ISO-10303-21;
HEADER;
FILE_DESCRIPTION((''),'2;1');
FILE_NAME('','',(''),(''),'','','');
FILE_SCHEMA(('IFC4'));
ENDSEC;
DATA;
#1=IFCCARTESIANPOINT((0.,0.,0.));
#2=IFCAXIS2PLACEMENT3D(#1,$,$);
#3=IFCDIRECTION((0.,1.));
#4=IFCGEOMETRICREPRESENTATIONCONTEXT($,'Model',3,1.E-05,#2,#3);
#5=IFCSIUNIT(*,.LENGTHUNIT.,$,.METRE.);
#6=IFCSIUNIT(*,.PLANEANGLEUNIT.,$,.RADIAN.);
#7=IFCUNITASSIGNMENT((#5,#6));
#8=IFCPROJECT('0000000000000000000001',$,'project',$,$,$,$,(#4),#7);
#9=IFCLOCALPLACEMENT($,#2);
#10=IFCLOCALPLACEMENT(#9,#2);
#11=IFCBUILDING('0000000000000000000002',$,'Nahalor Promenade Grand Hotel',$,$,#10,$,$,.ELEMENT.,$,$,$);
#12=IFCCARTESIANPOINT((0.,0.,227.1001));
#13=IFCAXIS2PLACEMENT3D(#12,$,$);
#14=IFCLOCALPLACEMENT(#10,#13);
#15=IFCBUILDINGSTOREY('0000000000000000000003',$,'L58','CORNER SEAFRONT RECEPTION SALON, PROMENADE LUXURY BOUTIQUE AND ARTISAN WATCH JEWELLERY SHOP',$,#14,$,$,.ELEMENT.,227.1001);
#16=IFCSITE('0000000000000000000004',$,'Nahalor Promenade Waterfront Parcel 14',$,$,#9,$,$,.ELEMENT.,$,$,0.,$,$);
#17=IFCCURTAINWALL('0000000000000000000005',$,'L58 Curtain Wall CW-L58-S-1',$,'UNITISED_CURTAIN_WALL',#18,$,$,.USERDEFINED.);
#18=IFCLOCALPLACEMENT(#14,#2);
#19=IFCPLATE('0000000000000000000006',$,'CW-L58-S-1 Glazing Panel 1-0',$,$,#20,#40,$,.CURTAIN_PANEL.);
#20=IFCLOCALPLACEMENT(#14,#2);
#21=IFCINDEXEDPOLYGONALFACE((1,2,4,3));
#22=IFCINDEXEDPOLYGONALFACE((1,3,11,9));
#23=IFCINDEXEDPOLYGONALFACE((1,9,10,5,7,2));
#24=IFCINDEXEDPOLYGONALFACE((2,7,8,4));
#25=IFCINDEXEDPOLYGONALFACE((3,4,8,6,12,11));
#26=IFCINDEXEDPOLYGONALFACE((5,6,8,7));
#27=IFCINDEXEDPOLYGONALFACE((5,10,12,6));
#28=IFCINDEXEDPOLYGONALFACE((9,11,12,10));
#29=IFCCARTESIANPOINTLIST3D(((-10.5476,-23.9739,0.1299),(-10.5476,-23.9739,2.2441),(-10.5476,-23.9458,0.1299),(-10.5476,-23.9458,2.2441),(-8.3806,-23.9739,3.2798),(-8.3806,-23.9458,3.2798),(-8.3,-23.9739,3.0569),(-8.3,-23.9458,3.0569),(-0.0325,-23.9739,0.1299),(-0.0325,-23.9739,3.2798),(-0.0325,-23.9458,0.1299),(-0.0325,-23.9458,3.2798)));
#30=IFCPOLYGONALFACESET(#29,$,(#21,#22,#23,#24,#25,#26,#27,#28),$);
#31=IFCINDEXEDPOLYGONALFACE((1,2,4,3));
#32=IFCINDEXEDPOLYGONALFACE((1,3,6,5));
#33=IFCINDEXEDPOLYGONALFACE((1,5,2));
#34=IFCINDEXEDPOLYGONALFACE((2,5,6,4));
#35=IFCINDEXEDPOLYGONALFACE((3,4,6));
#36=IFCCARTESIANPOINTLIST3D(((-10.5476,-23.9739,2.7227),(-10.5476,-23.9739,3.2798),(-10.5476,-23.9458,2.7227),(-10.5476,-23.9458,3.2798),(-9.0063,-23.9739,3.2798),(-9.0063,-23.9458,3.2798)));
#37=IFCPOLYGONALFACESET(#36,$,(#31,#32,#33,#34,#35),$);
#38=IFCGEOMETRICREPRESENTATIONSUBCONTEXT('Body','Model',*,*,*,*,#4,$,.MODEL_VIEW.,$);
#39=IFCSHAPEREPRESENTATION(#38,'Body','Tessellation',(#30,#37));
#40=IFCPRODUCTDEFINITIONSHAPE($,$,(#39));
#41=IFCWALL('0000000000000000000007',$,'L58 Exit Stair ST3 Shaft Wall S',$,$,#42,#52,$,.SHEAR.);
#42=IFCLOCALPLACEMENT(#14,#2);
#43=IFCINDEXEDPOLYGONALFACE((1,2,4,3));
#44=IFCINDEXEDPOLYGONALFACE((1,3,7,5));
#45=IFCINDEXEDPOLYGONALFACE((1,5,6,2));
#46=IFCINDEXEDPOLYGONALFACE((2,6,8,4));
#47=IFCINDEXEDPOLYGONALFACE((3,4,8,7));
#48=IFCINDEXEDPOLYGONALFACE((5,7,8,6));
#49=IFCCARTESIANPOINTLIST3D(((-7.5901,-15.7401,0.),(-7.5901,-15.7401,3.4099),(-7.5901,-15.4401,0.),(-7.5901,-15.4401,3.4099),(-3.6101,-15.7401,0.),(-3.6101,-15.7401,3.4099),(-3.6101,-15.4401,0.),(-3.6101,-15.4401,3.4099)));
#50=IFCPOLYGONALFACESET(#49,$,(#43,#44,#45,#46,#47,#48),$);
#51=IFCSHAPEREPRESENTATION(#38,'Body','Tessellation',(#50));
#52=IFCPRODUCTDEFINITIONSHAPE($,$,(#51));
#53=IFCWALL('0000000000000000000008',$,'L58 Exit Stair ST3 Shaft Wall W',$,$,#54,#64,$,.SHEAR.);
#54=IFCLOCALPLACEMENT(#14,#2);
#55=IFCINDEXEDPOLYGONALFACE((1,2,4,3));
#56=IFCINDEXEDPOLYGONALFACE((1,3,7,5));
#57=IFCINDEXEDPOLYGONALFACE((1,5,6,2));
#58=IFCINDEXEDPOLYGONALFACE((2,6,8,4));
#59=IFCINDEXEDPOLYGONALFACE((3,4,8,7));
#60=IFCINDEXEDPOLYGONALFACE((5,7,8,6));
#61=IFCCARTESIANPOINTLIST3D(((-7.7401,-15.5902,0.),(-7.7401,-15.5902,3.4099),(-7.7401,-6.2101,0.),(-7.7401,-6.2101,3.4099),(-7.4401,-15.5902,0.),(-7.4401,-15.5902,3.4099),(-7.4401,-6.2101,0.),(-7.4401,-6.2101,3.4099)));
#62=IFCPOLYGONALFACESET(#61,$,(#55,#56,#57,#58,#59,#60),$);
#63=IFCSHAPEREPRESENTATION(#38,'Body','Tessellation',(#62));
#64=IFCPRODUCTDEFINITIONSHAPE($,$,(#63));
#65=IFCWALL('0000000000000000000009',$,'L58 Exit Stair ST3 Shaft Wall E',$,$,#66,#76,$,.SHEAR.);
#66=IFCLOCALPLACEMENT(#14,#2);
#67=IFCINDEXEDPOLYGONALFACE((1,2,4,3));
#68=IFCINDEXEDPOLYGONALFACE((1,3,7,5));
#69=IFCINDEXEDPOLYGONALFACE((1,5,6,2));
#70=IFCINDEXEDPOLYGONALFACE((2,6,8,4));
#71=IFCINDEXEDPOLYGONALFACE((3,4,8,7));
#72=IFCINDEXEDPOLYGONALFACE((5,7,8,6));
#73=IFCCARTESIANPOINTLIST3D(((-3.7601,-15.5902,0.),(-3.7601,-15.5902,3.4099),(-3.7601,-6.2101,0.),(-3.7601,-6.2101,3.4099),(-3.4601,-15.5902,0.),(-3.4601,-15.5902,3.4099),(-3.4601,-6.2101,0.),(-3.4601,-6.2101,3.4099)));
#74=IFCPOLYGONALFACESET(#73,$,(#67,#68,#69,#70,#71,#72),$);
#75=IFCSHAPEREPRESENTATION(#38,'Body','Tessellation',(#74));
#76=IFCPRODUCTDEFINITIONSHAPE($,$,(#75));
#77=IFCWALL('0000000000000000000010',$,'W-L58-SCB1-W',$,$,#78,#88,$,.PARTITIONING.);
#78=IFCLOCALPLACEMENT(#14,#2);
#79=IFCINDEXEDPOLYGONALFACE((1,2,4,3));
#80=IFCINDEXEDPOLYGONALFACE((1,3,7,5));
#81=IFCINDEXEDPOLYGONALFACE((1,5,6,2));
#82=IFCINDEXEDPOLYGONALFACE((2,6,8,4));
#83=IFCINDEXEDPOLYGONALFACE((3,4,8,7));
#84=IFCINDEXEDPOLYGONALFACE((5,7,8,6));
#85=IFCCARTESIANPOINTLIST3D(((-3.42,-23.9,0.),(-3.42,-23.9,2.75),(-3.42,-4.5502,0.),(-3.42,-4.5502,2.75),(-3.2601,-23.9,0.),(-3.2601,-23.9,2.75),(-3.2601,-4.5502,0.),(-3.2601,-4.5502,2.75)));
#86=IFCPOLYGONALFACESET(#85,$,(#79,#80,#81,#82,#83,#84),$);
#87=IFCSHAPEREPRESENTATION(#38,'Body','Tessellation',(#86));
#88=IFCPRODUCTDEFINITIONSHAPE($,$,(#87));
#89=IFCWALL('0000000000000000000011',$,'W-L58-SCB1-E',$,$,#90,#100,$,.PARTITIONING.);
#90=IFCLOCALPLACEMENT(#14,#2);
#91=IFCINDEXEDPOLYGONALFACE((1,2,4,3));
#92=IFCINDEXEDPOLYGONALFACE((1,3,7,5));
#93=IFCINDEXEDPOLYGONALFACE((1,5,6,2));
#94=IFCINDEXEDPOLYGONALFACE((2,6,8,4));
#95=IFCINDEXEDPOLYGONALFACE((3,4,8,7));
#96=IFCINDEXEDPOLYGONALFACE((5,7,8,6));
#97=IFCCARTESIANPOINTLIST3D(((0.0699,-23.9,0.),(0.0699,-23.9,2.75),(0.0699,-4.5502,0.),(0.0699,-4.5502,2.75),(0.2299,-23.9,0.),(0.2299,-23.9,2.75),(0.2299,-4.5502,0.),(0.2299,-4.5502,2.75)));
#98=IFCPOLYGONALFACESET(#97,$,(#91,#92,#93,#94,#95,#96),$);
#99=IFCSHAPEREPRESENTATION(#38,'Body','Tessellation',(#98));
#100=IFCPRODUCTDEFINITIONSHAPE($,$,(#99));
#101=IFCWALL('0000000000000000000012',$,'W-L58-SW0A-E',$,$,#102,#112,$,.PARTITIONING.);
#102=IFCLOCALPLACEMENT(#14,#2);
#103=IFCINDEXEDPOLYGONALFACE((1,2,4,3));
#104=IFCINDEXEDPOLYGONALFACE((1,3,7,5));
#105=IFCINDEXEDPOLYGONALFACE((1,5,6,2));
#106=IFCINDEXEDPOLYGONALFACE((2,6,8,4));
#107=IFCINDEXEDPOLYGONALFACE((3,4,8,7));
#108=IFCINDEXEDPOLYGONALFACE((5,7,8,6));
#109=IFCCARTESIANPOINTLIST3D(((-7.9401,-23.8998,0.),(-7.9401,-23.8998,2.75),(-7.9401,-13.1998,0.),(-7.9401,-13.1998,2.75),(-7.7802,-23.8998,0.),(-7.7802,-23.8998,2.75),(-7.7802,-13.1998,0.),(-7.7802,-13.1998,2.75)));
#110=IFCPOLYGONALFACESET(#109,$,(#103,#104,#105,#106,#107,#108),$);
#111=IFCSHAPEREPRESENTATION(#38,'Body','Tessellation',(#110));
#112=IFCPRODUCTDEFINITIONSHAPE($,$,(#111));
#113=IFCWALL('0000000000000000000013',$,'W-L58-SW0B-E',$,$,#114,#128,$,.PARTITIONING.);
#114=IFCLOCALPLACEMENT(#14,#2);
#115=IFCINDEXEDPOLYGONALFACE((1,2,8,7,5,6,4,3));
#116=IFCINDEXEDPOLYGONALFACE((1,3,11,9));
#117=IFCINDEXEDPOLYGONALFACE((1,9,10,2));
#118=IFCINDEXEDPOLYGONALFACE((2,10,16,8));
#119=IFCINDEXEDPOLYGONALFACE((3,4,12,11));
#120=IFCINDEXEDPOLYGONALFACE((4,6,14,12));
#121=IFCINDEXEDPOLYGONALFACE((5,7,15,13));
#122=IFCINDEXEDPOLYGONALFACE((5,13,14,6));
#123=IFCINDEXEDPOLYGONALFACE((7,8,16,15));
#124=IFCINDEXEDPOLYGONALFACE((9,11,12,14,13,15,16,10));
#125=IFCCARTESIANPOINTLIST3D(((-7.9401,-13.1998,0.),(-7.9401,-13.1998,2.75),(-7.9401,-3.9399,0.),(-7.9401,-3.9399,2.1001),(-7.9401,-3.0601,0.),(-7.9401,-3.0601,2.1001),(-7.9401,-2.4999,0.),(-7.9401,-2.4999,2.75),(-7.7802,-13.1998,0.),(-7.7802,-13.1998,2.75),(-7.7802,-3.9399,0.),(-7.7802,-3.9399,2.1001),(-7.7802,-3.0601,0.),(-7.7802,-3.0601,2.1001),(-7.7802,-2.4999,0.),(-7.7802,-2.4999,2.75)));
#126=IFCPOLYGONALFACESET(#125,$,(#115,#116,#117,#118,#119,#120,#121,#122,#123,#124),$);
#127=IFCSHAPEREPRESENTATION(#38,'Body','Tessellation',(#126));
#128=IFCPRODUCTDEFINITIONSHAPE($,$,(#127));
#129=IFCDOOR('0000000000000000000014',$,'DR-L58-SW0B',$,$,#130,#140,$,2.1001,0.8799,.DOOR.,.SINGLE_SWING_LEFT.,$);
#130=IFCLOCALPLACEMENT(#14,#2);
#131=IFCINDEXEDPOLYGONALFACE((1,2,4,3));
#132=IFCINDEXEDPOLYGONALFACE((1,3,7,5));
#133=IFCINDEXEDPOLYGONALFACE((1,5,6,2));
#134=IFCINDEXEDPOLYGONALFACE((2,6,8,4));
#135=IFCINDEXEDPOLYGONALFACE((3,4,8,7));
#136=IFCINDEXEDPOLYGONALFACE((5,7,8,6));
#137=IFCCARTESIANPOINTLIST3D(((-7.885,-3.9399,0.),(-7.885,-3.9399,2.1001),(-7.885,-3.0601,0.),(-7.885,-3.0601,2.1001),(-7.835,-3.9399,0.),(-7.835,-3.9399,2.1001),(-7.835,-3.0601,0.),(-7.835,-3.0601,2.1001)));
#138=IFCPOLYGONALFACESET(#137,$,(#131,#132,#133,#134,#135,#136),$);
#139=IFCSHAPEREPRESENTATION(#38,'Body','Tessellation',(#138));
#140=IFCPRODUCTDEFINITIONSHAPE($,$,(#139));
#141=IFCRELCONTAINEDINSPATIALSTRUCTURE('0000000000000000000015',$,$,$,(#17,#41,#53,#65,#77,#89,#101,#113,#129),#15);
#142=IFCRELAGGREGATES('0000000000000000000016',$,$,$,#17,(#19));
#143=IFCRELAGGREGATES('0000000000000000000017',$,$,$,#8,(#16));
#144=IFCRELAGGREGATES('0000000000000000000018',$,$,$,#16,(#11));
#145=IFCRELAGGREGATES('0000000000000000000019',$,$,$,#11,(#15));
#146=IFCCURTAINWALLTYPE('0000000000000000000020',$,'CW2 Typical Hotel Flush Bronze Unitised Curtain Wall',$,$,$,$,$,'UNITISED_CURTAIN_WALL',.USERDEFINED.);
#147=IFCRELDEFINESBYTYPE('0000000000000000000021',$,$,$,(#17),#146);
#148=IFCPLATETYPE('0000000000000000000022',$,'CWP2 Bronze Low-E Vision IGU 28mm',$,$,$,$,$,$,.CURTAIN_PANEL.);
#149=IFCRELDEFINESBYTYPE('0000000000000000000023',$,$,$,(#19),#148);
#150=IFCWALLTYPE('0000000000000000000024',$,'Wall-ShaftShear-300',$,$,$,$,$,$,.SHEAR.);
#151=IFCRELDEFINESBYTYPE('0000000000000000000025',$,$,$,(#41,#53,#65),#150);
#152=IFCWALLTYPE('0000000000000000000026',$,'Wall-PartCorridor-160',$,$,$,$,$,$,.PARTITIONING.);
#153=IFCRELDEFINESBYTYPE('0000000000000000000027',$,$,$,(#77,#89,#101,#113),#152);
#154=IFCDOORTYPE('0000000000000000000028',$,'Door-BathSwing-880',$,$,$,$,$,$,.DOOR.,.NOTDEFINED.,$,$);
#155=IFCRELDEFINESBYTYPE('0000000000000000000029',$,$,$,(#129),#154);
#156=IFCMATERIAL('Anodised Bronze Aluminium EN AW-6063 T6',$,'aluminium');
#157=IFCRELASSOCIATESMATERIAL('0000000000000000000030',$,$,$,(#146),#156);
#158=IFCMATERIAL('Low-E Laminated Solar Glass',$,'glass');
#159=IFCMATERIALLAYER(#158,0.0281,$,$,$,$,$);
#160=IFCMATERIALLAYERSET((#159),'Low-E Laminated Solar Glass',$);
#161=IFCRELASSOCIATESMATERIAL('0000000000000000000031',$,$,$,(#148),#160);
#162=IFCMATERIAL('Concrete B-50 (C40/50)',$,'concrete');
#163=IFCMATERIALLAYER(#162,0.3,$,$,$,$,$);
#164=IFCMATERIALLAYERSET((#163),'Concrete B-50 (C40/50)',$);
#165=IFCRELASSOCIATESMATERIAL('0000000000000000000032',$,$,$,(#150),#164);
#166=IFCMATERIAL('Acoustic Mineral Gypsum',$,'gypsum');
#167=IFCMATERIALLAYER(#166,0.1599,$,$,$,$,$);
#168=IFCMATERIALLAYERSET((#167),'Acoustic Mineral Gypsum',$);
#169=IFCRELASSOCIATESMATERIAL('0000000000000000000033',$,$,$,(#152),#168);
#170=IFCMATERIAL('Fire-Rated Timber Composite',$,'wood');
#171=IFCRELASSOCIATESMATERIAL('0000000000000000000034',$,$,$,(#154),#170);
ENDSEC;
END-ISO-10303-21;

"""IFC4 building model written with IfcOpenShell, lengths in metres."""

from ifc_helpers import new_model, si_unit, direction, frame, frame_2d, origin, place, context, subcontext, project, spatial, polyline, rectangle, outline, extrude, source, transform, mapped, material, layer, layer_set, type_object, element, fill, aggregate, save


model = new_model("IFC4")

# Units and contexts
model_context = context("Model", 3, precision=1e-05, world=origin(), true_north=direction((0.0, 1.0)))
body_context = subcontext(model_context, "Body", "Model", "MODEL_VIEW")
ifc_project = project(units=[si_unit("LENGTHUNIT", "METRE"), si_unit("PLANEANGLEUNIT", "RADIAN")], contexts=[model_context])

# Site, building, storey
site_placement = place(None, origin())
site = spatial("IfcSite", under=ifc_project, at=site_placement, Name="Nahalor Promenade Waterfront Parcel 14", CompositionType="ELEMENT", RefElevation=0.0)
building_placement = place(site_placement, origin())
building = spatial("IfcBuilding", under=site, at=building_placement, Name="Nahalor Promenade Grand Hotel", CompositionType="ELEMENT")
storey_placement = place(building_placement, frame((0.0, 0.0, 227.1001)))
storey = spatial("IfcBuildingStorey", under=building, at=storey_placement, Name="L58", Description="CORNER SEAFRONT RECEPTION SALON, PROMENADE LUXURY BOUTIQUE AND ARTISAN WATCH JEWELLERY SHOP", CompositionType="ELEMENT", Elevation=227.1001)

# Curtain wall, plate
ifc_material_1 = material(Name="Anodised Bronze Aluminium EN AW-6063 T6", Category="aluminium")
curtain_wall_type = type_object("IfcCurtainWallType", Name="CW2 Typical Hotel Flush Bronze Unitised Curtain Wall", ElementType="UNITISED_CURTAIN_WALL", PredefinedType="USERDEFINED", material=ifc_material_1)
curtain_wall_placement = place(storey_placement, origin())
curtain_wall = element("IfcCurtainWall", 1, at=curtain_wall_placement, inside=storey, type_object=curtain_wall_type, Name="L58 Curtain Wall CW-L58-S-1", ObjectType="UNITISED_CURTAIN_WALL", PredefinedType="USERDEFINED")
ifc_material_2 = material(Name="Low-E Laminated Solar Glass", Category="glass")
ifc_layer_1 = layer(ifc_material_2, 0.0281)
ifc_layer_set_1 = layer_set([ifc_layer_1], Name="Low-E Laminated Solar Glass")
plate_type = type_object("IfcPlateType", Name="CWP2 Bronze Low-E Vision IGU 28mm", PredefinedType="CURTAIN_PANEL", material=ifc_layer_set_1)
plate_placement = place(storey_placement, frame((-5.29, -23.96, 0.1299), z_axis=(0.0, 0.0, 1.0), x_axis=(1.0, 0.0, 0.0)))
plate = element("IfcPlate", 2, at=plate_placement, type_object=plate_type, Name="CW-L58-S-1 Glazing Panel 1-0", PredefinedType="CURTAIN_PANEL", context=body_context, shape_type="SweptSolid", body=[
    extrude(outline(polyline([(5.2576, 0.0), (5.2576, 3.1499), (-3.0906, 3.1499), (-3.01, 2.927), (-5.2576, 2.1143), (-5.2576, 0.0), (5.2576, 0.0)])), frame((0.0, 0.0142, 0.0), z_axis=(0.0, -1.0, 0.0), x_axis=(1.0, 0.0, 0.0)), (0.0, 0.0, 1.0), 0.0281),
    extrude(outline(polyline([(-3.7163, 3.1499), (-5.2576, 3.1499), (-5.2576, 2.5928), (-3.7163, 3.1499)])), frame((0.0, 0.0142, 0.0), z_axis=(0.0, -1.0, 0.0), x_axis=(1.0, 0.0, 0.0)), (0.0, 0.0, 1.0), 0.0281),
])
aggregate(curtain_wall, [plate])

# Walls
ifc_material_3 = material(Name="Concrete B-50 (C40/50)", Category="concrete")
ifc_layer_2 = layer(ifc_material_3, 0.3)
ifc_layer_set_2 = layer_set([ifc_layer_2], Name="Concrete B-50 (C40/50)")
wall_type_1 = type_object("IfcWallType", Name="Wall-ShaftShear-300", PredefinedType="SHEAR", material=ifc_layer_set_2)
shared_shape_1 = source(origin(), body_context, "Body", "SweptSolid", [
    extrude(rectangle(XDim=3.98, YDim=0.3, at=frame_2d((1.99, 0.0))), origin(), (0.0, 0.0, 1.0), 3.4099),
])
wall_1_placement = place(storey_placement, frame((-7.5901, -15.5901, 0.0), z_axis=(0.0, 0.0, 1.0), x_axis=(1.0, 0.0, 0.0)))
element("IfcWall", 3, at=wall_1_placement, inside=storey, type_object=wall_type_1, Name="L58 Exit Stair ST3 Shaft Wall S", PredefinedType="SHEAR", context=body_context, shape_type="MappedRepresentation", body=[
    mapped(shared_shape_1, transform((0.0, 0.0, 0.0), scale=1.0)),
])
shared_shape_2 = source(origin(), body_context, "Body", "SweptSolid", [
    extrude(rectangle(XDim=9.3801, YDim=0.3, at=frame_2d((4.6899, 0.0))), origin(), (0.0, 0.0, 1.0), 3.4099),
])
for number, where, z_axis, x_axis, name in (
    (4, (-7.5901, -15.5901, 0.0), (0.0, 0.0, 1.0), (0.0, 1.0, 0.0), "L58 Exit Stair ST3 Shaft Wall W"),
    (5, (-3.6101, -15.5901, 0.0), (0.0, 0.0, 1.0), (0.0, 1.0, 0.0), "L58 Exit Stair ST3 Shaft Wall E"),
):
    element("IfcWall", number, at=place(storey_placement, frame(where, z_axis=z_axis, x_axis=x_axis)), inside=storey, type_object=wall_type_1, Name=name, PredefinedType="SHEAR", context=body_context, shape_type="MappedRepresentation", body=[
        mapped(shared_shape_2, transform((0.0, 0.0, 0.0), scale=1.0)),
    ])
ifc_material_4 = material(Name="Acoustic Mineral Gypsum", Category="gypsum")
ifc_layer_3 = layer(ifc_material_4, 0.1599)
ifc_layer_set_3 = layer_set([ifc_layer_3], Name="Acoustic Mineral Gypsum")
wall_type_2 = type_object("IfcWallType", Name="Wall-PartCorridor-160", PredefinedType="PARTITIONING", material=ifc_layer_set_3)
shared_shape_3 = source(origin(), body_context, "Body", "SweptSolid", [
    extrude(rectangle(XDim=19.3499, YDim=0.1599, at=frame_2d((9.6748, 0.0))), origin(), (0.0, 0.0, 1.0), 2.75),
])
for number, where, z_axis, x_axis, name in (
    (6, (-3.3401, -23.8999, 0.0), (0.0, 0.0, 1.0), (0.0, 1.0, 0.0), "W-L58-SCB1-W"),
    (7, (0.1499, -23.8999, 0.0), (0.0, 0.0, 1.0), (0.0, 1.0, 0.0), "W-L58-SCB1-E"),
):
    element("IfcWall", number, at=place(storey_placement, frame(where, z_axis=z_axis, x_axis=x_axis)), inside=storey, type_object=wall_type_2, Name=name, PredefinedType="PARTITIONING", context=body_context, shape_type="MappedRepresentation", body=[
        mapped(shared_shape_3, transform((0.0, 0.0, 0.0), scale=1.0)),
    ])
shared_shape_4 = source(origin(), body_context, "Body", "SweptSolid", [
    extrude(rectangle(XDim=10.7, YDim=0.1599, at=frame_2d((5.3501, 0.0))), origin(), (0.0, 0.0, 1.0), 2.75),
])
wall_2_placement = place(storey_placement, frame((-7.8601, -23.8999, 0.0), z_axis=(0.0, 0.0, 1.0), x_axis=(0.0, 1.0, 0.0)))
element("IfcWall", 8, at=wall_2_placement, inside=storey, type_object=wall_type_2, Name="W-L58-SW0A-E", PredefinedType="PARTITIONING", context=body_context, shape_type="MappedRepresentation", body=[
    mapped(shared_shape_4, transform((0.0, 0.0, 0.0), scale=1.0)),
])

# Wall, opening, door
wall_3_placement = place(storey_placement, frame((-7.8601, -13.2, 0.0), z_axis=(0.0, 0.0, 1.0), x_axis=(0.0, 1.0, 0.0)))
wall_3 = element("IfcWall", 9, at=wall_3_placement, inside=storey, type_object=wall_type_2, Name="W-L58-SW0B-E", PredefinedType="PARTITIONING", context=body_context, shape_type="MappedRepresentation", body=[
    mapped(shared_shape_4, transform((0.0, 0.0, 0.0), scale=1.0)),
])
opening_placement = place(wall_3_placement, frame((9.26, 0.0, 0.0)))
opening = element("IfcOpeningElement", 10, at=opening_placement, cuts=wall_3, PredefinedType="OPENING", context=body_context, shape_type="SweptSolid", body=[
    extrude(rectangle(XDim=0.8799, YDim=2.1001, at=frame_2d((0.4399, 1.05))), frame((0.0, 0.0898, 0.0), z_axis=(0.0, -1.0, 0.0), x_axis=(1.0, 0.0, 0.0)), (0.0, 0.0, 1.0), 0.1799),
])
ifc_material_5 = material(Name="Fire-Rated Timber Composite", Category="wood")
door_type = type_object("IfcDoorType", Name="Door-BathSwing-880", OperationType="NOTDEFINED", PredefinedType="DOOR", material=ifc_material_5)
shared_shape_5 = source(origin(), body_context, "Body", "SweptSolid", [
    extrude(rectangle(XDim=0.8799, YDim=2.1001, at=frame_2d((0.4399, 1.05))), frame((0.0, 0.0249, 0.0), z_axis=(0.0, -1.0, 0.0), x_axis=(1.0, 0.0, 0.0)), (0.0, 0.0, 1.0), 0.05),
])
door_placement = place(opening_placement, origin())
door = element("IfcDoor", 11, at=door_placement, inside=storey, type_object=door_type, Name="DR-L58-SW0B", OperationType="SINGLE_SWING_LEFT", OverallHeight=2.1001, OverallWidth=0.8799, PredefinedType="DOOR", context=body_context, shape_type="MappedRepresentation", body=[
    mapped(shared_shape_5, transform((0.0, 0.0, 0.0), scale=1.0)),
])
fill(opening, door)

save(model, "model.ifc")
